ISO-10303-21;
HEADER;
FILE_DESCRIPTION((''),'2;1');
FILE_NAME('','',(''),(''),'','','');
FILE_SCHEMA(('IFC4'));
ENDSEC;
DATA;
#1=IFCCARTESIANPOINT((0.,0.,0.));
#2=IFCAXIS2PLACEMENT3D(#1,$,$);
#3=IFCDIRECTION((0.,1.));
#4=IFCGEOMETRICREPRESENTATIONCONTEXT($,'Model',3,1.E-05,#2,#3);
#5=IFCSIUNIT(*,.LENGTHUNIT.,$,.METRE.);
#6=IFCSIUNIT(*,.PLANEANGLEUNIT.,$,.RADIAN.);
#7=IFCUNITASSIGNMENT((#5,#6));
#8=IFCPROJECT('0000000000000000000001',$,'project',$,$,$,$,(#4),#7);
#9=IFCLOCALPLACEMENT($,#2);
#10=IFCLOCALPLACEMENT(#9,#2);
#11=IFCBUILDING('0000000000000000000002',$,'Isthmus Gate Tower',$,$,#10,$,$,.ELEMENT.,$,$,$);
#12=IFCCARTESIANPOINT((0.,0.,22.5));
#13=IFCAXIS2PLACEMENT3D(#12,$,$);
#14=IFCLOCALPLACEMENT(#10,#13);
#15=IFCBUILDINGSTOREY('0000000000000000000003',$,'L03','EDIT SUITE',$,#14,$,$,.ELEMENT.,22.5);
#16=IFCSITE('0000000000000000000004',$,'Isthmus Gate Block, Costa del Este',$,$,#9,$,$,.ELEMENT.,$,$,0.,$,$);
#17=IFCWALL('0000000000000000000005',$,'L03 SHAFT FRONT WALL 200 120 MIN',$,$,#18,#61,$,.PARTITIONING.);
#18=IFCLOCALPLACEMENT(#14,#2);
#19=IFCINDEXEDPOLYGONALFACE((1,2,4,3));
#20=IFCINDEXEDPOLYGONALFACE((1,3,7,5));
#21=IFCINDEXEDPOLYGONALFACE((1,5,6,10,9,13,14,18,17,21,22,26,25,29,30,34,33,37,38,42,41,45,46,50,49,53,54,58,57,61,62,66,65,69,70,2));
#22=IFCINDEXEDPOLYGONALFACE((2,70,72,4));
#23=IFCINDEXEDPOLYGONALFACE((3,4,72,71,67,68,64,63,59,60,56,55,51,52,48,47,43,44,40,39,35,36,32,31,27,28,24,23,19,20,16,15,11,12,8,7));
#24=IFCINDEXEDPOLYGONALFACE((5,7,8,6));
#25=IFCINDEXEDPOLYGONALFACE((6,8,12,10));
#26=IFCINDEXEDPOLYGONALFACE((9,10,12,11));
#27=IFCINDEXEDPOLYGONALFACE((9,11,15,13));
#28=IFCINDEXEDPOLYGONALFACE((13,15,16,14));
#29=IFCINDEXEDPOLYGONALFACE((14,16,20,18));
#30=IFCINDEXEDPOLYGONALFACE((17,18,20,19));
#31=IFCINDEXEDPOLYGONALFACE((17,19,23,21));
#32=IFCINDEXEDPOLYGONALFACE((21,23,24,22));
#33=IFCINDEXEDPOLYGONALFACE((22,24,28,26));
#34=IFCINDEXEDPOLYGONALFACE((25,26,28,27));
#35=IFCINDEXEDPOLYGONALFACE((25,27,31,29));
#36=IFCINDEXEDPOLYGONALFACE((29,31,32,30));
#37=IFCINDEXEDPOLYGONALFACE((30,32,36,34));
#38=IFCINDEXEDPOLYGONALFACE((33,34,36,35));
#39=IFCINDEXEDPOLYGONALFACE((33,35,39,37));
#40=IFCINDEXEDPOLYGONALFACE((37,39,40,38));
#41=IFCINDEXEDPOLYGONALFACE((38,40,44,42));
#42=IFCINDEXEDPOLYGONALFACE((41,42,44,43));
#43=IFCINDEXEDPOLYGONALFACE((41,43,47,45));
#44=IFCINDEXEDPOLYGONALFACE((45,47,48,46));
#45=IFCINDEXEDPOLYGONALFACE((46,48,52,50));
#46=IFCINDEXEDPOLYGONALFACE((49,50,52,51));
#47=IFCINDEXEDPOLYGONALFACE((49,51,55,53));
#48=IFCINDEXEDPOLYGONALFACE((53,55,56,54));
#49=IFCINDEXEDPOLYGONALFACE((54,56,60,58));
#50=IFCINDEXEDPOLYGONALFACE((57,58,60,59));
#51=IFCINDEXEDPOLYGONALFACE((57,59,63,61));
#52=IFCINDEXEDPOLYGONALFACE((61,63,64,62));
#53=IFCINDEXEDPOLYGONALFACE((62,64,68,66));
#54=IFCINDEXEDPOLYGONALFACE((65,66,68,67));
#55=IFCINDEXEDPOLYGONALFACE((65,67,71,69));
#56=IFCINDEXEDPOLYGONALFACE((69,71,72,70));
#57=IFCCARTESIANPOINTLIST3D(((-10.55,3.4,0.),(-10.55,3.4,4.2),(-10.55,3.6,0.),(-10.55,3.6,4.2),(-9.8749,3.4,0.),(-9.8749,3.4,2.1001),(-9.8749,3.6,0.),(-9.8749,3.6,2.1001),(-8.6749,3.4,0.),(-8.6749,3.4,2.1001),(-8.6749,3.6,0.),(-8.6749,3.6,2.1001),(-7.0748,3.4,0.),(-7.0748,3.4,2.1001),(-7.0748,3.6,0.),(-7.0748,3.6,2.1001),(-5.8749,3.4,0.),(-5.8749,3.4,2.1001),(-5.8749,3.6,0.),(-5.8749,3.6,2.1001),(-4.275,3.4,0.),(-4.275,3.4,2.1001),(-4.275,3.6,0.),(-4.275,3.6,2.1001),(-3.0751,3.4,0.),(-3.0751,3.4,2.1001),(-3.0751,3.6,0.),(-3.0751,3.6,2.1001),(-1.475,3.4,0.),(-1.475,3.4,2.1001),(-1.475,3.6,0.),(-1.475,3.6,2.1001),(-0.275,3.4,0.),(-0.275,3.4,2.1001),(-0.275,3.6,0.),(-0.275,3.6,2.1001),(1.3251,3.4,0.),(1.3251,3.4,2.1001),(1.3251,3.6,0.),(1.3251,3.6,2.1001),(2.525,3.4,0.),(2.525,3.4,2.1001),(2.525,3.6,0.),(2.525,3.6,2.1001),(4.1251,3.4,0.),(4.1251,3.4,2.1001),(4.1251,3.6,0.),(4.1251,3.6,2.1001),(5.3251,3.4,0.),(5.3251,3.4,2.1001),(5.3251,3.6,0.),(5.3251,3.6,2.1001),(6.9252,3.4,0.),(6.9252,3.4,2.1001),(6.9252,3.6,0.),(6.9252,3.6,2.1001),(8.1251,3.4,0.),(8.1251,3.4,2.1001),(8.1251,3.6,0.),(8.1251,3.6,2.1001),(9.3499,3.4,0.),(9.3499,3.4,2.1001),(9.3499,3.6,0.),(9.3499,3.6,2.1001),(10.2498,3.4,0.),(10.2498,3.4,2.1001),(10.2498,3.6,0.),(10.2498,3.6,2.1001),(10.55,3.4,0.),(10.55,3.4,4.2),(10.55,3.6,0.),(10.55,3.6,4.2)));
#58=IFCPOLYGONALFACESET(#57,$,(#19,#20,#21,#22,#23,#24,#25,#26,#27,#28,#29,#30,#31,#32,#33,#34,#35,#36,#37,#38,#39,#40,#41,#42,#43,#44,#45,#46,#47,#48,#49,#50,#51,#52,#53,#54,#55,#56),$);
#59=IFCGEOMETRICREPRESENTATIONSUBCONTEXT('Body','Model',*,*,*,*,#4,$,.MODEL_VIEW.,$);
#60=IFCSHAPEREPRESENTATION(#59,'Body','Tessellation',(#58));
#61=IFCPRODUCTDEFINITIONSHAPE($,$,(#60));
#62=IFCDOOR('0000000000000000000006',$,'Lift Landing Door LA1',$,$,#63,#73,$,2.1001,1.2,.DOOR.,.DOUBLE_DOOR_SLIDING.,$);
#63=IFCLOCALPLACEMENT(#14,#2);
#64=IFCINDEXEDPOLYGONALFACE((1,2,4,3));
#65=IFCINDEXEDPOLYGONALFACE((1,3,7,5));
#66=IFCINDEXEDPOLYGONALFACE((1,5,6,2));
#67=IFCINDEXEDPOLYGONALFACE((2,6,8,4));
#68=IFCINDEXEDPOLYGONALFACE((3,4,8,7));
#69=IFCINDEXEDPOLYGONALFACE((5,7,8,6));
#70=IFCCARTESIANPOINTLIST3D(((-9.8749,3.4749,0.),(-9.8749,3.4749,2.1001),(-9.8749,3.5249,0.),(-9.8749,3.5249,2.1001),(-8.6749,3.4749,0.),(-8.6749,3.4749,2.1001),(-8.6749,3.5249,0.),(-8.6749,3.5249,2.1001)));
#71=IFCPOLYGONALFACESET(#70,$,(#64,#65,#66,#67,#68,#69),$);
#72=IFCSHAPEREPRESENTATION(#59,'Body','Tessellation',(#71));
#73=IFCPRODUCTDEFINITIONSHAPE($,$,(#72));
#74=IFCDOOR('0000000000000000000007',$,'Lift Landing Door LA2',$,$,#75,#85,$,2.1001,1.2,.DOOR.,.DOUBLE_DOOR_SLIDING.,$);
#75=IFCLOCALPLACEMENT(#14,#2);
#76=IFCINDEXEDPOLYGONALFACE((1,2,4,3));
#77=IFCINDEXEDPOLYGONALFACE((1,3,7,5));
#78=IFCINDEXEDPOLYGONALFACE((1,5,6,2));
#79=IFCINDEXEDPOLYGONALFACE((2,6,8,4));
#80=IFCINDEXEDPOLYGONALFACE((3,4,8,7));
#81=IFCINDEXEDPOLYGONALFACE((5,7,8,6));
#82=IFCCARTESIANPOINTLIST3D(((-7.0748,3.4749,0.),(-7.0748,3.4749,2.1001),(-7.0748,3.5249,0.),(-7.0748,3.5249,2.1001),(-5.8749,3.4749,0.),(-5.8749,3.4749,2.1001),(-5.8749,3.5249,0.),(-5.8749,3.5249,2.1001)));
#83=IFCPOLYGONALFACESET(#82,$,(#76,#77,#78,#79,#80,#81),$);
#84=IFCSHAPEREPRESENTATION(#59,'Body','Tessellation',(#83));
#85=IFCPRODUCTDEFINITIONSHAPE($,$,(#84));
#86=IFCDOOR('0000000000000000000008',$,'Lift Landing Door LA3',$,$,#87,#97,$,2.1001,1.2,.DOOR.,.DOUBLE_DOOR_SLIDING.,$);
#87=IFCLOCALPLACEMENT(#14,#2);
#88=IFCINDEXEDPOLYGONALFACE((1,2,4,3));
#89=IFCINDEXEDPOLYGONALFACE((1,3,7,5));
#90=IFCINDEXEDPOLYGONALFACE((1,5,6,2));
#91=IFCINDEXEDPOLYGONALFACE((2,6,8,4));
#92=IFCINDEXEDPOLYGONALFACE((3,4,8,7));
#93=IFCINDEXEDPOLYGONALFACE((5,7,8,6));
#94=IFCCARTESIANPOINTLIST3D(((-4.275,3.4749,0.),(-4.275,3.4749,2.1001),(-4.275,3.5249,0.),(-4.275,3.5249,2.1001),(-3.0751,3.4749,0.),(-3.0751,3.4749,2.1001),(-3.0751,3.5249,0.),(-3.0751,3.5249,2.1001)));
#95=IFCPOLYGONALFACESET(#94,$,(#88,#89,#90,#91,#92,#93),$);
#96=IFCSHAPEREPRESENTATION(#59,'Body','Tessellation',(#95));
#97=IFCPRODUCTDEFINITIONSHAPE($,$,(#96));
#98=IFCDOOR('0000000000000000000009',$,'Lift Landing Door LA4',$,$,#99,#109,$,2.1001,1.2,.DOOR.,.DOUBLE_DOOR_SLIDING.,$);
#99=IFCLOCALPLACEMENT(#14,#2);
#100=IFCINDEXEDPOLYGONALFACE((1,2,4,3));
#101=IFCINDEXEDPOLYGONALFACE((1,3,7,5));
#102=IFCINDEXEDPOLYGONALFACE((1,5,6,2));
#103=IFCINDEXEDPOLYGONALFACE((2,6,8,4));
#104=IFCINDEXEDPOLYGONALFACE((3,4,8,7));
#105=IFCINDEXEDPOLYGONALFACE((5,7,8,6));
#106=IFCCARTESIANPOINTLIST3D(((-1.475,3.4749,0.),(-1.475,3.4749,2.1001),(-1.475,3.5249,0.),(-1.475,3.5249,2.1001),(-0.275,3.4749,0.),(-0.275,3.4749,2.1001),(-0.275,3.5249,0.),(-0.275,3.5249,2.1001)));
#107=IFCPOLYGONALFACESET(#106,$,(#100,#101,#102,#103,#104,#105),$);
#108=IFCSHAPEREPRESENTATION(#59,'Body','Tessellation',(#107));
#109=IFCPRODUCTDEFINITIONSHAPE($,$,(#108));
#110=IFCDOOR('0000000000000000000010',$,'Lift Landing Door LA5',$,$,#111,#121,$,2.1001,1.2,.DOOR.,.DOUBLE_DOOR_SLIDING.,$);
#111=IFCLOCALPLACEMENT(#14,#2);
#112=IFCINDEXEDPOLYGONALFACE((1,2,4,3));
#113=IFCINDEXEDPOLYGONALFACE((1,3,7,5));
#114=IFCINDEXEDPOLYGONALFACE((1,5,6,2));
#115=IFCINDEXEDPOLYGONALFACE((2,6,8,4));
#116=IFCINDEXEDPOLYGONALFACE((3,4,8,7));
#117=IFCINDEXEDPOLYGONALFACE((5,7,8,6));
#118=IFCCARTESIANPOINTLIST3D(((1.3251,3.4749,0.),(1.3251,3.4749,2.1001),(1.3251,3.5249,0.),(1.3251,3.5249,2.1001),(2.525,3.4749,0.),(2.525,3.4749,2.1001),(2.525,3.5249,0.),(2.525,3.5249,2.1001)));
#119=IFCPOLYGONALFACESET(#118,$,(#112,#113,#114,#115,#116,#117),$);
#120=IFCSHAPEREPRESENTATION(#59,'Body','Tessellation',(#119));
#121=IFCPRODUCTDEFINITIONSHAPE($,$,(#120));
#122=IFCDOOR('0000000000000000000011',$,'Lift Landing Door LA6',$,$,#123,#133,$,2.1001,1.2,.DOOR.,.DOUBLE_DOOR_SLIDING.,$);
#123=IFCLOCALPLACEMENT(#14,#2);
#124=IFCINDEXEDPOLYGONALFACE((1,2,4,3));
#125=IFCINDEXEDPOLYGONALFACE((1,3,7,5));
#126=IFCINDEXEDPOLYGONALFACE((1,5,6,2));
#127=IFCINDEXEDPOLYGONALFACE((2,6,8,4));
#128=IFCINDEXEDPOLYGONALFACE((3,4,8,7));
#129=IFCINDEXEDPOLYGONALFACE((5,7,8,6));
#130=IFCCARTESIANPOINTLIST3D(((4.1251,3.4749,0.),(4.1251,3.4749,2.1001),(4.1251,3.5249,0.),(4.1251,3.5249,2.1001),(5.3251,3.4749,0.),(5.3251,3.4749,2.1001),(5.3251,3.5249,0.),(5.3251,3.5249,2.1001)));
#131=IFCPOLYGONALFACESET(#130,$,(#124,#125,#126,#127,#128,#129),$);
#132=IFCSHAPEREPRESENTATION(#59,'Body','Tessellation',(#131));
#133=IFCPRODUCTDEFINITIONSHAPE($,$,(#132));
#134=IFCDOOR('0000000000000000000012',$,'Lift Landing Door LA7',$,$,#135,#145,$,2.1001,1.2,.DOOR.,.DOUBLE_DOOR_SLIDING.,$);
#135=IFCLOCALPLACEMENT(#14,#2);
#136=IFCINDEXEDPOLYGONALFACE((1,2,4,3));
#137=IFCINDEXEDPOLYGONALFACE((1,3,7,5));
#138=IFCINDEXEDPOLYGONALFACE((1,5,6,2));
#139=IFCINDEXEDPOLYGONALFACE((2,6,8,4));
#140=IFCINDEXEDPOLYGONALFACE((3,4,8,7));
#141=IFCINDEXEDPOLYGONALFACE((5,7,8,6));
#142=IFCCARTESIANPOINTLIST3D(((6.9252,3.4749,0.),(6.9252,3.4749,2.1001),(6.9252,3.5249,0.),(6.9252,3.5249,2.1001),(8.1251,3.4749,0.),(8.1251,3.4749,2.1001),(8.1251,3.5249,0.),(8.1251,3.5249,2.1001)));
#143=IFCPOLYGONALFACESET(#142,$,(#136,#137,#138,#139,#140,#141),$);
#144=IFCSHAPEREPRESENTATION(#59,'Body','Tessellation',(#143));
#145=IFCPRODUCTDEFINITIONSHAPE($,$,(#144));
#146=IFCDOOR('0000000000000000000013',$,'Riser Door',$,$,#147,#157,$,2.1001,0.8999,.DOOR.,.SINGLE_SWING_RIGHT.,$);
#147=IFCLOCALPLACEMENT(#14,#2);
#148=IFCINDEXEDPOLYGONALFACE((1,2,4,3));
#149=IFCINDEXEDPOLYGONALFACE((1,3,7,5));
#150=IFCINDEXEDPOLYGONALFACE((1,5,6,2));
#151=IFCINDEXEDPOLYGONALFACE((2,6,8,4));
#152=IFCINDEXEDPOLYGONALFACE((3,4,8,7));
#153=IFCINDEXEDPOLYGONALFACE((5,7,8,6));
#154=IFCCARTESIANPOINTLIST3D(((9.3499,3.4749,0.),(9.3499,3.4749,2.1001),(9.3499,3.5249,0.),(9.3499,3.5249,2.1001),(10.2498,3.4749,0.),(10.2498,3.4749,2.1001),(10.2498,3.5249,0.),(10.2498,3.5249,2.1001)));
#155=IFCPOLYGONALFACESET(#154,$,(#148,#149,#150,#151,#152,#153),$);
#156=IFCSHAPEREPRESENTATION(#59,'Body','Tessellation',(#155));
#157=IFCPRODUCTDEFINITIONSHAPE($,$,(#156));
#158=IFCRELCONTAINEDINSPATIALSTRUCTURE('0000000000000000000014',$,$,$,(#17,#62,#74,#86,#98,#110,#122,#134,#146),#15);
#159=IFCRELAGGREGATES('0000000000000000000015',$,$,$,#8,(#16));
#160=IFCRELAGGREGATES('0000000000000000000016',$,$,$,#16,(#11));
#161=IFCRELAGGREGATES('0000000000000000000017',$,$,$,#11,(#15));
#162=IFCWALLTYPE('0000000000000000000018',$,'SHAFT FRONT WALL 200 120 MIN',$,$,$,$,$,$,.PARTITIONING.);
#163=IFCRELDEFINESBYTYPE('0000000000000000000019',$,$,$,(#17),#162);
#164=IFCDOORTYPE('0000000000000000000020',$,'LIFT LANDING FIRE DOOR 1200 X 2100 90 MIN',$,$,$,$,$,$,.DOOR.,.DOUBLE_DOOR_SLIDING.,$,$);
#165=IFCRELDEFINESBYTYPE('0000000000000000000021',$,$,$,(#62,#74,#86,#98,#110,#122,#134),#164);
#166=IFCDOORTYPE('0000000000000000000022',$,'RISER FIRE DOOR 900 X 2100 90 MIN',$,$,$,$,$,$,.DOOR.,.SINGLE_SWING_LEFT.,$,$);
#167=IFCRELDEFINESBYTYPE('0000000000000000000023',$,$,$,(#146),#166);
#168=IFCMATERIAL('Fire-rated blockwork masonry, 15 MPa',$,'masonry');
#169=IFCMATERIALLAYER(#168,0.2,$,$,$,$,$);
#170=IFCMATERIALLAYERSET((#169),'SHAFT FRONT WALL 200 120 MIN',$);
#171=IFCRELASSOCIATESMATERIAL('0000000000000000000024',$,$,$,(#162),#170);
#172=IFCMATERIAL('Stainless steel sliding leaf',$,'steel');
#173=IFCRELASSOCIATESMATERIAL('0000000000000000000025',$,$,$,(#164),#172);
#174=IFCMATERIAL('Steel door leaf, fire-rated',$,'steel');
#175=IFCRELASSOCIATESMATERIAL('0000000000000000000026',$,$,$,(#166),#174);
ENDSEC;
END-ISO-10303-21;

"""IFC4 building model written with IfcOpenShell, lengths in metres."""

from ifc_helpers import new_model, si_unit, direction, frame, frame_2d, origin, place, context, subcontext, project, spatial, rectangle, extrude, material, layer, layer_set, type_object, element, fill, save


model = new_model("IFC4")

# Units and contexts
model_context = context("Model", 3, precision=1e-05, world=origin(), true_north=direction((0.0, 1.0)))
body_context = subcontext(model_context, "Body", "Model", "MODEL_VIEW")
ifc_project = project(units=[si_unit("LENGTHUNIT", "METRE"), si_unit("PLANEANGLEUNIT", "RADIAN")], contexts=[model_context])

# Site, building, storey
site_placement = place(None, origin())
site = spatial("IfcSite", under=ifc_project, at=site_placement, Name="Isthmus Gate Block, Costa del Este", CompositionType="ELEMENT", RefElevation=0.0)
building_placement = place(site_placement, origin())
building = spatial("IfcBuilding", under=site, at=building_placement, Name="Isthmus Gate Tower", CompositionType="ELEMENT")
storey_placement = place(building_placement, frame((0.0, 0.0, 22.5)))
storey = spatial("IfcBuildingStorey", under=building, at=storey_placement, Name="L03", Description="EDIT SUITE", CompositionType="ELEMENT", Elevation=22.5)

# Wall, openings, doors
ifc_material_1 = material(Name="Fire-rated blockwork masonry, 15 MPa", Category="masonry")
ifc_layer_1 = layer(ifc_material_1, 0.2)
ifc_layer_set_1 = layer_set([ifc_layer_1], Name="SHAFT FRONT WALL 200 120 MIN")
wall_type_1 = type_object("IfcWallType", Name="SHAFT FRONT WALL 200 120 MIN", PredefinedType="PARTITIONING", material=ifc_layer_set_1)
wall_1_placement = place(storey_placement, frame((-10.55, 3.5, 0.0), z_axis=(0.0, 0.0, 1.0), x_axis=(1.0, 0.0, 0.0)))
wall_1 = element("IfcWall", 1, at=wall_1_placement, inside=storey, type_object=wall_type_1, Name="L03 SHAFT FRONT WALL 200 120 MIN", PredefinedType="PARTITIONING", context=body_context, shape_type="SweptSolid", body=[
    extrude(rectangle(XDim=21.1001, YDim=0.2, at=frame_2d((10.55, 0.0))), origin(), (0.0, 0.0, 1.0), 4.2),
])
opening_1_placement = place(wall_1_placement, frame((0.675, 0.0, 0.0)))
opening_1 = element("IfcOpeningElement", 2, at=opening_1_placement, cuts=wall_1, PredefinedType="OPENING", context=body_context, shape_type="SweptSolid", body=[
    extrude(rectangle(XDim=1.2, YDim=2.1001, at=frame_2d((0.6001, 1.05))), frame((0.0, 0.1099, 0.0), z_axis=(0.0, -1.0, 0.0), x_axis=(1.0, 0.0, 0.0)), (0.0, 0.0, 1.0), 0.22),
])
opening_2_placement = place(wall_1_placement, frame((3.4751, 0.0, 0.0)))
opening_2 = element("IfcOpeningElement", 3, at=opening_2_placement, cuts=wall_1, PredefinedType="OPENING", context=body_context, shape_type="SweptSolid", body=[
    extrude(rectangle(XDim=1.2, YDim=2.1001, at=frame_2d((0.6001, 1.05))), frame((0.0, 0.1099, 0.0), z_axis=(0.0, -1.0, 0.0), x_axis=(1.0, 0.0, 0.0)), (0.0, 0.0, 1.0), 0.22),
])
opening_3_placement = place(wall_1_placement, frame((6.2749, 0.0, 0.0)))
opening_3 = element("IfcOpeningElement", 4, at=opening_3_placement, cuts=wall_1, PredefinedType="OPENING", context=body_context, shape_type="SweptSolid", body=[
    extrude(rectangle(XDim=1.2, YDim=2.1001, at=frame_2d((0.6001, 1.05))), frame((0.0, 0.1099, 0.0), z_axis=(0.0, -1.0, 0.0), x_axis=(1.0, 0.0, 0.0)), (0.0, 0.0, 1.0), 0.22),
])
opening_4_placement = place(wall_1_placement, frame((9.075, 0.0, 0.0)))
opening_4 = element("IfcOpeningElement", 5, at=opening_4_placement, cuts=wall_1, PredefinedType="OPENING", context=body_context, shape_type="SweptSolid", body=[
    extrude(rectangle(XDim=1.2, YDim=2.1001, at=frame_2d((0.6001, 1.05))), frame((0.0, 0.1099, 0.0), z_axis=(0.0, -1.0, 0.0), x_axis=(1.0, 0.0, 0.0)), (0.0, 0.0, 1.0), 0.22),
])
opening_5_placement = place(wall_1_placement, frame((11.875, 0.0, 0.0)))
opening_5 = element("IfcOpeningElement", 6, at=opening_5_placement, cuts=wall_1, PredefinedType="OPENING", context=body_context, shape_type="SweptSolid", body=[
    extrude(rectangle(XDim=1.2, YDim=2.1001, at=frame_2d((0.6001, 1.05))), frame((0.0, 0.1099, 0.0), z_axis=(0.0, -1.0, 0.0), x_axis=(1.0, 0.0, 0.0)), (0.0, 0.0, 1.0), 0.22),
])
opening_6_placement = place(wall_1_placement, frame((14.675, 0.0, 0.0)))
opening_6 = element("IfcOpeningElement", 7, at=opening_6_placement, cuts=wall_1, PredefinedType="OPENING", context=body_context, shape_type="SweptSolid", body=[
    extrude(rectangle(XDim=1.2, YDim=2.1001, at=frame_2d((0.6001, 1.05))), frame((0.0, 0.1099, 0.0), z_axis=(0.0, -1.0, 0.0), x_axis=(1.0, 0.0, 0.0)), (0.0, 0.0, 1.0), 0.22),
])
opening_7_placement = place(wall_1_placement, frame((17.4751, 0.0, 0.0)))
opening_7 = element("IfcOpeningElement", 8, at=opening_7_placement, cuts=wall_1, PredefinedType="OPENING", context=body_context, shape_type="SweptSolid", body=[
    extrude(rectangle(XDim=1.2, YDim=2.1001, at=frame_2d((0.6001, 1.05))), frame((0.0, 0.1099, 0.0), z_axis=(0.0, -1.0, 0.0), x_axis=(1.0, 0.0, 0.0)), (0.0, 0.0, 1.0), 0.22),
])
opening_8_placement = place(wall_1_placement, frame((19.8999, 0.0, 0.0)))
opening_8 = element("IfcOpeningElement", 9, at=opening_8_placement, cuts=wall_1, PredefinedType="OPENING", context=body_context, shape_type="SweptSolid", body=[
    extrude(rectangle(XDim=0.8999, YDim=2.1001, at=frame_2d((0.45, 1.05))), frame((0.0, 0.1099, 0.0), z_axis=(0.0, -1.0, 0.0), x_axis=(1.0, 0.0, 0.0)), (0.0, 0.0, 1.0), 0.22),
])
ifc_material_2 = material(Name="Stainless steel sliding leaf", Category="steel")
door_type_1 = type_object("IfcDoorType", Name="LIFT LANDING FIRE DOOR 1200 X 2100 90 MIN", OperationType="DOUBLE_DOOR_SLIDING", PredefinedType="DOOR", material=ifc_material_2)
door_1_placement = place(opening_1_placement, origin())
door_1 = element("IfcDoor", 10, at=door_1_placement, inside=storey, type_object=door_type_1, Name="Lift Landing Door LA1", OperationType="DOUBLE_DOOR_SLIDING", OverallHeight=2.1001, OverallWidth=1.2, PredefinedType="DOOR", context=body_context, shape_type="SweptSolid", body=[
    extrude(rectangle(XDim=1.2, YDim=2.1001, at=frame_2d((0.6001, 1.05))), frame((0.0, 0.0249, 0.0), z_axis=(0.0, -1.0, 0.0), x_axis=(1.0, 0.0, 0.0)), (0.0, 0.0, 1.0), 0.05),
])
fill(opening_1, door_1)
door_2_placement = place(opening_2_placement, origin())
door_2 = element("IfcDoor", 11, at=door_2_placement, inside=storey, type_object=door_type_1, Name="Lift Landing Door LA2", OperationType="DOUBLE_DOOR_SLIDING", OverallHeight=2.1001, OverallWidth=1.2, PredefinedType="DOOR", context=body_context, shape_type="SweptSolid", body=[
    extrude(rectangle(XDim=1.2, YDim=2.1001, at=frame_2d((0.6001, 1.05))), frame((0.0, 0.0249, 0.0), z_axis=(0.0, -1.0, 0.0), x_axis=(1.0, 0.0, 0.0)), (0.0, 0.0, 1.0), 0.05),
])
fill(opening_2, door_2)
door_3_placement = place(opening_3_placement, origin())
door_3 = element("IfcDoor", 12, at=door_3_placement, inside=storey, type_object=door_type_1, Name="Lift Landing Door LA3", OperationType="DOUBLE_DOOR_SLIDING", OverallHeight=2.1001, OverallWidth=1.2, PredefinedType="DOOR", context=body_context, shape_type="SweptSolid", body=[
    extrude(rectangle(XDim=1.2, YDim=2.1001, at=frame_2d((0.6001, 1.05))), frame((0.0, 0.0249, 0.0), z_axis=(0.0, -1.0, 0.0), x_axis=(1.0, 0.0, 0.0)), (0.0, 0.0, 1.0), 0.05),
])
fill(opening_3, door_3)
door_4_placement = place(opening_4_placement, origin())
door_4 = element("IfcDoor", 13, at=door_4_placement, inside=storey, type_object=door_type_1, Name="Lift Landing Door LA4", OperationType="DOUBLE_DOOR_SLIDING", OverallHeight=2.1001, OverallWidth=1.2, PredefinedType="DOOR", context=body_context, shape_type="SweptSolid", body=[
    extrude(rectangle(XDim=1.2, YDim=2.1001, at=frame_2d((0.6001, 1.05))), frame((0.0, 0.0249, 0.0), z_axis=(0.0, -1.0, 0.0), x_axis=(1.0, 0.0, 0.0)), (0.0, 0.0, 1.0), 0.05),
])
fill(opening_4, door_4)
door_5_placement = place(opening_5_placement, origin())
door_5 = element("IfcDoor", 14, at=door_5_placement, inside=storey, type_object=door_type_1, Name="Lift Landing Door LA5", OperationType="DOUBLE_DOOR_SLIDING", OverallHeight=2.1001, OverallWidth=1.2, PredefinedType="DOOR", context=body_context, shape_type="SweptSolid", body=[
    extrude(rectangle(XDim=1.2, YDim=2.1001, at=frame_2d((0.6001, 1.05))), frame((0.0, 0.0249, 0.0), z_axis=(0.0, -1.0, 0.0), x_axis=(1.0, 0.0, 0.0)), (0.0, 0.0, 1.0), 0.05),
])
fill(opening_5, door_5)
door_6_placement = place(opening_6_placement, origin())
door_6 = element("IfcDoor", 15, at=door_6_placement, inside=storey, type_object=door_type_1, Name="Lift Landing Door LA6", OperationType="DOUBLE_DOOR_SLIDING", OverallHeight=2.1001, OverallWidth=1.2, PredefinedType="DOOR", context=body_context, shape_type="SweptSolid", body=[
    extrude(rectangle(XDim=1.2, YDim=2.1001, at=frame_2d((0.6001, 1.05))), frame((0.0, 0.0249, 0.0), z_axis=(0.0, -1.0, 0.0), x_axis=(1.0, 0.0, 0.0)), (0.0, 0.0, 1.0), 0.05),
])
fill(opening_6, door_6)
door_7_placement = place(opening_7_placement, origin())
door_7 = element("IfcDoor", 16, at=door_7_placement, inside=storey, type_object=door_type_1, Name="Lift Landing Door LA7", OperationType="DOUBLE_DOOR_SLIDING", OverallHeight=2.1001, OverallWidth=1.2, PredefinedType="DOOR", context=body_context, shape_type="SweptSolid", body=[
    extrude(rectangle(XDim=1.2, YDim=2.1001, at=frame_2d((0.6001, 1.05))), frame((0.0, 0.0249, 0.0), z_axis=(0.0, -1.0, 0.0), x_axis=(1.0, 0.0, 0.0)), (0.0, 0.0, 1.0), 0.05),
])
fill(opening_7, door_7)
ifc_material_3 = material(Name="Steel door leaf, fire-rated", Category="steel")
door_type_2 = type_object("IfcDoorType", Name="RISER FIRE DOOR 900 X 2100 90 MIN", OperationType="SINGLE_SWING_LEFT", PredefinedType="DOOR", material=ifc_material_3)
door_8_placement = place(opening_8_placement, origin())
door_8 = element("IfcDoor", 17, at=door_8_placement, inside=storey, type_object=door_type_2, Name="Riser Door", OperationType="SINGLE_SWING_RIGHT", OverallHeight=2.1001, OverallWidth=0.8999, PredefinedType="DOOR", context=body_context, shape_type="SweptSolid", body=[
    extrude(rectangle(XDim=0.8999, YDim=2.1001, at=frame_2d((0.45, 1.05))), frame((0.0, 0.0249, 0.0), z_axis=(0.0, -1.0, 0.0), x_axis=(1.0, 0.0, 0.0)), (0.0, 0.0, 1.0), 0.05),
])
fill(opening_8, door_8)

save(model, "model.ifc")
